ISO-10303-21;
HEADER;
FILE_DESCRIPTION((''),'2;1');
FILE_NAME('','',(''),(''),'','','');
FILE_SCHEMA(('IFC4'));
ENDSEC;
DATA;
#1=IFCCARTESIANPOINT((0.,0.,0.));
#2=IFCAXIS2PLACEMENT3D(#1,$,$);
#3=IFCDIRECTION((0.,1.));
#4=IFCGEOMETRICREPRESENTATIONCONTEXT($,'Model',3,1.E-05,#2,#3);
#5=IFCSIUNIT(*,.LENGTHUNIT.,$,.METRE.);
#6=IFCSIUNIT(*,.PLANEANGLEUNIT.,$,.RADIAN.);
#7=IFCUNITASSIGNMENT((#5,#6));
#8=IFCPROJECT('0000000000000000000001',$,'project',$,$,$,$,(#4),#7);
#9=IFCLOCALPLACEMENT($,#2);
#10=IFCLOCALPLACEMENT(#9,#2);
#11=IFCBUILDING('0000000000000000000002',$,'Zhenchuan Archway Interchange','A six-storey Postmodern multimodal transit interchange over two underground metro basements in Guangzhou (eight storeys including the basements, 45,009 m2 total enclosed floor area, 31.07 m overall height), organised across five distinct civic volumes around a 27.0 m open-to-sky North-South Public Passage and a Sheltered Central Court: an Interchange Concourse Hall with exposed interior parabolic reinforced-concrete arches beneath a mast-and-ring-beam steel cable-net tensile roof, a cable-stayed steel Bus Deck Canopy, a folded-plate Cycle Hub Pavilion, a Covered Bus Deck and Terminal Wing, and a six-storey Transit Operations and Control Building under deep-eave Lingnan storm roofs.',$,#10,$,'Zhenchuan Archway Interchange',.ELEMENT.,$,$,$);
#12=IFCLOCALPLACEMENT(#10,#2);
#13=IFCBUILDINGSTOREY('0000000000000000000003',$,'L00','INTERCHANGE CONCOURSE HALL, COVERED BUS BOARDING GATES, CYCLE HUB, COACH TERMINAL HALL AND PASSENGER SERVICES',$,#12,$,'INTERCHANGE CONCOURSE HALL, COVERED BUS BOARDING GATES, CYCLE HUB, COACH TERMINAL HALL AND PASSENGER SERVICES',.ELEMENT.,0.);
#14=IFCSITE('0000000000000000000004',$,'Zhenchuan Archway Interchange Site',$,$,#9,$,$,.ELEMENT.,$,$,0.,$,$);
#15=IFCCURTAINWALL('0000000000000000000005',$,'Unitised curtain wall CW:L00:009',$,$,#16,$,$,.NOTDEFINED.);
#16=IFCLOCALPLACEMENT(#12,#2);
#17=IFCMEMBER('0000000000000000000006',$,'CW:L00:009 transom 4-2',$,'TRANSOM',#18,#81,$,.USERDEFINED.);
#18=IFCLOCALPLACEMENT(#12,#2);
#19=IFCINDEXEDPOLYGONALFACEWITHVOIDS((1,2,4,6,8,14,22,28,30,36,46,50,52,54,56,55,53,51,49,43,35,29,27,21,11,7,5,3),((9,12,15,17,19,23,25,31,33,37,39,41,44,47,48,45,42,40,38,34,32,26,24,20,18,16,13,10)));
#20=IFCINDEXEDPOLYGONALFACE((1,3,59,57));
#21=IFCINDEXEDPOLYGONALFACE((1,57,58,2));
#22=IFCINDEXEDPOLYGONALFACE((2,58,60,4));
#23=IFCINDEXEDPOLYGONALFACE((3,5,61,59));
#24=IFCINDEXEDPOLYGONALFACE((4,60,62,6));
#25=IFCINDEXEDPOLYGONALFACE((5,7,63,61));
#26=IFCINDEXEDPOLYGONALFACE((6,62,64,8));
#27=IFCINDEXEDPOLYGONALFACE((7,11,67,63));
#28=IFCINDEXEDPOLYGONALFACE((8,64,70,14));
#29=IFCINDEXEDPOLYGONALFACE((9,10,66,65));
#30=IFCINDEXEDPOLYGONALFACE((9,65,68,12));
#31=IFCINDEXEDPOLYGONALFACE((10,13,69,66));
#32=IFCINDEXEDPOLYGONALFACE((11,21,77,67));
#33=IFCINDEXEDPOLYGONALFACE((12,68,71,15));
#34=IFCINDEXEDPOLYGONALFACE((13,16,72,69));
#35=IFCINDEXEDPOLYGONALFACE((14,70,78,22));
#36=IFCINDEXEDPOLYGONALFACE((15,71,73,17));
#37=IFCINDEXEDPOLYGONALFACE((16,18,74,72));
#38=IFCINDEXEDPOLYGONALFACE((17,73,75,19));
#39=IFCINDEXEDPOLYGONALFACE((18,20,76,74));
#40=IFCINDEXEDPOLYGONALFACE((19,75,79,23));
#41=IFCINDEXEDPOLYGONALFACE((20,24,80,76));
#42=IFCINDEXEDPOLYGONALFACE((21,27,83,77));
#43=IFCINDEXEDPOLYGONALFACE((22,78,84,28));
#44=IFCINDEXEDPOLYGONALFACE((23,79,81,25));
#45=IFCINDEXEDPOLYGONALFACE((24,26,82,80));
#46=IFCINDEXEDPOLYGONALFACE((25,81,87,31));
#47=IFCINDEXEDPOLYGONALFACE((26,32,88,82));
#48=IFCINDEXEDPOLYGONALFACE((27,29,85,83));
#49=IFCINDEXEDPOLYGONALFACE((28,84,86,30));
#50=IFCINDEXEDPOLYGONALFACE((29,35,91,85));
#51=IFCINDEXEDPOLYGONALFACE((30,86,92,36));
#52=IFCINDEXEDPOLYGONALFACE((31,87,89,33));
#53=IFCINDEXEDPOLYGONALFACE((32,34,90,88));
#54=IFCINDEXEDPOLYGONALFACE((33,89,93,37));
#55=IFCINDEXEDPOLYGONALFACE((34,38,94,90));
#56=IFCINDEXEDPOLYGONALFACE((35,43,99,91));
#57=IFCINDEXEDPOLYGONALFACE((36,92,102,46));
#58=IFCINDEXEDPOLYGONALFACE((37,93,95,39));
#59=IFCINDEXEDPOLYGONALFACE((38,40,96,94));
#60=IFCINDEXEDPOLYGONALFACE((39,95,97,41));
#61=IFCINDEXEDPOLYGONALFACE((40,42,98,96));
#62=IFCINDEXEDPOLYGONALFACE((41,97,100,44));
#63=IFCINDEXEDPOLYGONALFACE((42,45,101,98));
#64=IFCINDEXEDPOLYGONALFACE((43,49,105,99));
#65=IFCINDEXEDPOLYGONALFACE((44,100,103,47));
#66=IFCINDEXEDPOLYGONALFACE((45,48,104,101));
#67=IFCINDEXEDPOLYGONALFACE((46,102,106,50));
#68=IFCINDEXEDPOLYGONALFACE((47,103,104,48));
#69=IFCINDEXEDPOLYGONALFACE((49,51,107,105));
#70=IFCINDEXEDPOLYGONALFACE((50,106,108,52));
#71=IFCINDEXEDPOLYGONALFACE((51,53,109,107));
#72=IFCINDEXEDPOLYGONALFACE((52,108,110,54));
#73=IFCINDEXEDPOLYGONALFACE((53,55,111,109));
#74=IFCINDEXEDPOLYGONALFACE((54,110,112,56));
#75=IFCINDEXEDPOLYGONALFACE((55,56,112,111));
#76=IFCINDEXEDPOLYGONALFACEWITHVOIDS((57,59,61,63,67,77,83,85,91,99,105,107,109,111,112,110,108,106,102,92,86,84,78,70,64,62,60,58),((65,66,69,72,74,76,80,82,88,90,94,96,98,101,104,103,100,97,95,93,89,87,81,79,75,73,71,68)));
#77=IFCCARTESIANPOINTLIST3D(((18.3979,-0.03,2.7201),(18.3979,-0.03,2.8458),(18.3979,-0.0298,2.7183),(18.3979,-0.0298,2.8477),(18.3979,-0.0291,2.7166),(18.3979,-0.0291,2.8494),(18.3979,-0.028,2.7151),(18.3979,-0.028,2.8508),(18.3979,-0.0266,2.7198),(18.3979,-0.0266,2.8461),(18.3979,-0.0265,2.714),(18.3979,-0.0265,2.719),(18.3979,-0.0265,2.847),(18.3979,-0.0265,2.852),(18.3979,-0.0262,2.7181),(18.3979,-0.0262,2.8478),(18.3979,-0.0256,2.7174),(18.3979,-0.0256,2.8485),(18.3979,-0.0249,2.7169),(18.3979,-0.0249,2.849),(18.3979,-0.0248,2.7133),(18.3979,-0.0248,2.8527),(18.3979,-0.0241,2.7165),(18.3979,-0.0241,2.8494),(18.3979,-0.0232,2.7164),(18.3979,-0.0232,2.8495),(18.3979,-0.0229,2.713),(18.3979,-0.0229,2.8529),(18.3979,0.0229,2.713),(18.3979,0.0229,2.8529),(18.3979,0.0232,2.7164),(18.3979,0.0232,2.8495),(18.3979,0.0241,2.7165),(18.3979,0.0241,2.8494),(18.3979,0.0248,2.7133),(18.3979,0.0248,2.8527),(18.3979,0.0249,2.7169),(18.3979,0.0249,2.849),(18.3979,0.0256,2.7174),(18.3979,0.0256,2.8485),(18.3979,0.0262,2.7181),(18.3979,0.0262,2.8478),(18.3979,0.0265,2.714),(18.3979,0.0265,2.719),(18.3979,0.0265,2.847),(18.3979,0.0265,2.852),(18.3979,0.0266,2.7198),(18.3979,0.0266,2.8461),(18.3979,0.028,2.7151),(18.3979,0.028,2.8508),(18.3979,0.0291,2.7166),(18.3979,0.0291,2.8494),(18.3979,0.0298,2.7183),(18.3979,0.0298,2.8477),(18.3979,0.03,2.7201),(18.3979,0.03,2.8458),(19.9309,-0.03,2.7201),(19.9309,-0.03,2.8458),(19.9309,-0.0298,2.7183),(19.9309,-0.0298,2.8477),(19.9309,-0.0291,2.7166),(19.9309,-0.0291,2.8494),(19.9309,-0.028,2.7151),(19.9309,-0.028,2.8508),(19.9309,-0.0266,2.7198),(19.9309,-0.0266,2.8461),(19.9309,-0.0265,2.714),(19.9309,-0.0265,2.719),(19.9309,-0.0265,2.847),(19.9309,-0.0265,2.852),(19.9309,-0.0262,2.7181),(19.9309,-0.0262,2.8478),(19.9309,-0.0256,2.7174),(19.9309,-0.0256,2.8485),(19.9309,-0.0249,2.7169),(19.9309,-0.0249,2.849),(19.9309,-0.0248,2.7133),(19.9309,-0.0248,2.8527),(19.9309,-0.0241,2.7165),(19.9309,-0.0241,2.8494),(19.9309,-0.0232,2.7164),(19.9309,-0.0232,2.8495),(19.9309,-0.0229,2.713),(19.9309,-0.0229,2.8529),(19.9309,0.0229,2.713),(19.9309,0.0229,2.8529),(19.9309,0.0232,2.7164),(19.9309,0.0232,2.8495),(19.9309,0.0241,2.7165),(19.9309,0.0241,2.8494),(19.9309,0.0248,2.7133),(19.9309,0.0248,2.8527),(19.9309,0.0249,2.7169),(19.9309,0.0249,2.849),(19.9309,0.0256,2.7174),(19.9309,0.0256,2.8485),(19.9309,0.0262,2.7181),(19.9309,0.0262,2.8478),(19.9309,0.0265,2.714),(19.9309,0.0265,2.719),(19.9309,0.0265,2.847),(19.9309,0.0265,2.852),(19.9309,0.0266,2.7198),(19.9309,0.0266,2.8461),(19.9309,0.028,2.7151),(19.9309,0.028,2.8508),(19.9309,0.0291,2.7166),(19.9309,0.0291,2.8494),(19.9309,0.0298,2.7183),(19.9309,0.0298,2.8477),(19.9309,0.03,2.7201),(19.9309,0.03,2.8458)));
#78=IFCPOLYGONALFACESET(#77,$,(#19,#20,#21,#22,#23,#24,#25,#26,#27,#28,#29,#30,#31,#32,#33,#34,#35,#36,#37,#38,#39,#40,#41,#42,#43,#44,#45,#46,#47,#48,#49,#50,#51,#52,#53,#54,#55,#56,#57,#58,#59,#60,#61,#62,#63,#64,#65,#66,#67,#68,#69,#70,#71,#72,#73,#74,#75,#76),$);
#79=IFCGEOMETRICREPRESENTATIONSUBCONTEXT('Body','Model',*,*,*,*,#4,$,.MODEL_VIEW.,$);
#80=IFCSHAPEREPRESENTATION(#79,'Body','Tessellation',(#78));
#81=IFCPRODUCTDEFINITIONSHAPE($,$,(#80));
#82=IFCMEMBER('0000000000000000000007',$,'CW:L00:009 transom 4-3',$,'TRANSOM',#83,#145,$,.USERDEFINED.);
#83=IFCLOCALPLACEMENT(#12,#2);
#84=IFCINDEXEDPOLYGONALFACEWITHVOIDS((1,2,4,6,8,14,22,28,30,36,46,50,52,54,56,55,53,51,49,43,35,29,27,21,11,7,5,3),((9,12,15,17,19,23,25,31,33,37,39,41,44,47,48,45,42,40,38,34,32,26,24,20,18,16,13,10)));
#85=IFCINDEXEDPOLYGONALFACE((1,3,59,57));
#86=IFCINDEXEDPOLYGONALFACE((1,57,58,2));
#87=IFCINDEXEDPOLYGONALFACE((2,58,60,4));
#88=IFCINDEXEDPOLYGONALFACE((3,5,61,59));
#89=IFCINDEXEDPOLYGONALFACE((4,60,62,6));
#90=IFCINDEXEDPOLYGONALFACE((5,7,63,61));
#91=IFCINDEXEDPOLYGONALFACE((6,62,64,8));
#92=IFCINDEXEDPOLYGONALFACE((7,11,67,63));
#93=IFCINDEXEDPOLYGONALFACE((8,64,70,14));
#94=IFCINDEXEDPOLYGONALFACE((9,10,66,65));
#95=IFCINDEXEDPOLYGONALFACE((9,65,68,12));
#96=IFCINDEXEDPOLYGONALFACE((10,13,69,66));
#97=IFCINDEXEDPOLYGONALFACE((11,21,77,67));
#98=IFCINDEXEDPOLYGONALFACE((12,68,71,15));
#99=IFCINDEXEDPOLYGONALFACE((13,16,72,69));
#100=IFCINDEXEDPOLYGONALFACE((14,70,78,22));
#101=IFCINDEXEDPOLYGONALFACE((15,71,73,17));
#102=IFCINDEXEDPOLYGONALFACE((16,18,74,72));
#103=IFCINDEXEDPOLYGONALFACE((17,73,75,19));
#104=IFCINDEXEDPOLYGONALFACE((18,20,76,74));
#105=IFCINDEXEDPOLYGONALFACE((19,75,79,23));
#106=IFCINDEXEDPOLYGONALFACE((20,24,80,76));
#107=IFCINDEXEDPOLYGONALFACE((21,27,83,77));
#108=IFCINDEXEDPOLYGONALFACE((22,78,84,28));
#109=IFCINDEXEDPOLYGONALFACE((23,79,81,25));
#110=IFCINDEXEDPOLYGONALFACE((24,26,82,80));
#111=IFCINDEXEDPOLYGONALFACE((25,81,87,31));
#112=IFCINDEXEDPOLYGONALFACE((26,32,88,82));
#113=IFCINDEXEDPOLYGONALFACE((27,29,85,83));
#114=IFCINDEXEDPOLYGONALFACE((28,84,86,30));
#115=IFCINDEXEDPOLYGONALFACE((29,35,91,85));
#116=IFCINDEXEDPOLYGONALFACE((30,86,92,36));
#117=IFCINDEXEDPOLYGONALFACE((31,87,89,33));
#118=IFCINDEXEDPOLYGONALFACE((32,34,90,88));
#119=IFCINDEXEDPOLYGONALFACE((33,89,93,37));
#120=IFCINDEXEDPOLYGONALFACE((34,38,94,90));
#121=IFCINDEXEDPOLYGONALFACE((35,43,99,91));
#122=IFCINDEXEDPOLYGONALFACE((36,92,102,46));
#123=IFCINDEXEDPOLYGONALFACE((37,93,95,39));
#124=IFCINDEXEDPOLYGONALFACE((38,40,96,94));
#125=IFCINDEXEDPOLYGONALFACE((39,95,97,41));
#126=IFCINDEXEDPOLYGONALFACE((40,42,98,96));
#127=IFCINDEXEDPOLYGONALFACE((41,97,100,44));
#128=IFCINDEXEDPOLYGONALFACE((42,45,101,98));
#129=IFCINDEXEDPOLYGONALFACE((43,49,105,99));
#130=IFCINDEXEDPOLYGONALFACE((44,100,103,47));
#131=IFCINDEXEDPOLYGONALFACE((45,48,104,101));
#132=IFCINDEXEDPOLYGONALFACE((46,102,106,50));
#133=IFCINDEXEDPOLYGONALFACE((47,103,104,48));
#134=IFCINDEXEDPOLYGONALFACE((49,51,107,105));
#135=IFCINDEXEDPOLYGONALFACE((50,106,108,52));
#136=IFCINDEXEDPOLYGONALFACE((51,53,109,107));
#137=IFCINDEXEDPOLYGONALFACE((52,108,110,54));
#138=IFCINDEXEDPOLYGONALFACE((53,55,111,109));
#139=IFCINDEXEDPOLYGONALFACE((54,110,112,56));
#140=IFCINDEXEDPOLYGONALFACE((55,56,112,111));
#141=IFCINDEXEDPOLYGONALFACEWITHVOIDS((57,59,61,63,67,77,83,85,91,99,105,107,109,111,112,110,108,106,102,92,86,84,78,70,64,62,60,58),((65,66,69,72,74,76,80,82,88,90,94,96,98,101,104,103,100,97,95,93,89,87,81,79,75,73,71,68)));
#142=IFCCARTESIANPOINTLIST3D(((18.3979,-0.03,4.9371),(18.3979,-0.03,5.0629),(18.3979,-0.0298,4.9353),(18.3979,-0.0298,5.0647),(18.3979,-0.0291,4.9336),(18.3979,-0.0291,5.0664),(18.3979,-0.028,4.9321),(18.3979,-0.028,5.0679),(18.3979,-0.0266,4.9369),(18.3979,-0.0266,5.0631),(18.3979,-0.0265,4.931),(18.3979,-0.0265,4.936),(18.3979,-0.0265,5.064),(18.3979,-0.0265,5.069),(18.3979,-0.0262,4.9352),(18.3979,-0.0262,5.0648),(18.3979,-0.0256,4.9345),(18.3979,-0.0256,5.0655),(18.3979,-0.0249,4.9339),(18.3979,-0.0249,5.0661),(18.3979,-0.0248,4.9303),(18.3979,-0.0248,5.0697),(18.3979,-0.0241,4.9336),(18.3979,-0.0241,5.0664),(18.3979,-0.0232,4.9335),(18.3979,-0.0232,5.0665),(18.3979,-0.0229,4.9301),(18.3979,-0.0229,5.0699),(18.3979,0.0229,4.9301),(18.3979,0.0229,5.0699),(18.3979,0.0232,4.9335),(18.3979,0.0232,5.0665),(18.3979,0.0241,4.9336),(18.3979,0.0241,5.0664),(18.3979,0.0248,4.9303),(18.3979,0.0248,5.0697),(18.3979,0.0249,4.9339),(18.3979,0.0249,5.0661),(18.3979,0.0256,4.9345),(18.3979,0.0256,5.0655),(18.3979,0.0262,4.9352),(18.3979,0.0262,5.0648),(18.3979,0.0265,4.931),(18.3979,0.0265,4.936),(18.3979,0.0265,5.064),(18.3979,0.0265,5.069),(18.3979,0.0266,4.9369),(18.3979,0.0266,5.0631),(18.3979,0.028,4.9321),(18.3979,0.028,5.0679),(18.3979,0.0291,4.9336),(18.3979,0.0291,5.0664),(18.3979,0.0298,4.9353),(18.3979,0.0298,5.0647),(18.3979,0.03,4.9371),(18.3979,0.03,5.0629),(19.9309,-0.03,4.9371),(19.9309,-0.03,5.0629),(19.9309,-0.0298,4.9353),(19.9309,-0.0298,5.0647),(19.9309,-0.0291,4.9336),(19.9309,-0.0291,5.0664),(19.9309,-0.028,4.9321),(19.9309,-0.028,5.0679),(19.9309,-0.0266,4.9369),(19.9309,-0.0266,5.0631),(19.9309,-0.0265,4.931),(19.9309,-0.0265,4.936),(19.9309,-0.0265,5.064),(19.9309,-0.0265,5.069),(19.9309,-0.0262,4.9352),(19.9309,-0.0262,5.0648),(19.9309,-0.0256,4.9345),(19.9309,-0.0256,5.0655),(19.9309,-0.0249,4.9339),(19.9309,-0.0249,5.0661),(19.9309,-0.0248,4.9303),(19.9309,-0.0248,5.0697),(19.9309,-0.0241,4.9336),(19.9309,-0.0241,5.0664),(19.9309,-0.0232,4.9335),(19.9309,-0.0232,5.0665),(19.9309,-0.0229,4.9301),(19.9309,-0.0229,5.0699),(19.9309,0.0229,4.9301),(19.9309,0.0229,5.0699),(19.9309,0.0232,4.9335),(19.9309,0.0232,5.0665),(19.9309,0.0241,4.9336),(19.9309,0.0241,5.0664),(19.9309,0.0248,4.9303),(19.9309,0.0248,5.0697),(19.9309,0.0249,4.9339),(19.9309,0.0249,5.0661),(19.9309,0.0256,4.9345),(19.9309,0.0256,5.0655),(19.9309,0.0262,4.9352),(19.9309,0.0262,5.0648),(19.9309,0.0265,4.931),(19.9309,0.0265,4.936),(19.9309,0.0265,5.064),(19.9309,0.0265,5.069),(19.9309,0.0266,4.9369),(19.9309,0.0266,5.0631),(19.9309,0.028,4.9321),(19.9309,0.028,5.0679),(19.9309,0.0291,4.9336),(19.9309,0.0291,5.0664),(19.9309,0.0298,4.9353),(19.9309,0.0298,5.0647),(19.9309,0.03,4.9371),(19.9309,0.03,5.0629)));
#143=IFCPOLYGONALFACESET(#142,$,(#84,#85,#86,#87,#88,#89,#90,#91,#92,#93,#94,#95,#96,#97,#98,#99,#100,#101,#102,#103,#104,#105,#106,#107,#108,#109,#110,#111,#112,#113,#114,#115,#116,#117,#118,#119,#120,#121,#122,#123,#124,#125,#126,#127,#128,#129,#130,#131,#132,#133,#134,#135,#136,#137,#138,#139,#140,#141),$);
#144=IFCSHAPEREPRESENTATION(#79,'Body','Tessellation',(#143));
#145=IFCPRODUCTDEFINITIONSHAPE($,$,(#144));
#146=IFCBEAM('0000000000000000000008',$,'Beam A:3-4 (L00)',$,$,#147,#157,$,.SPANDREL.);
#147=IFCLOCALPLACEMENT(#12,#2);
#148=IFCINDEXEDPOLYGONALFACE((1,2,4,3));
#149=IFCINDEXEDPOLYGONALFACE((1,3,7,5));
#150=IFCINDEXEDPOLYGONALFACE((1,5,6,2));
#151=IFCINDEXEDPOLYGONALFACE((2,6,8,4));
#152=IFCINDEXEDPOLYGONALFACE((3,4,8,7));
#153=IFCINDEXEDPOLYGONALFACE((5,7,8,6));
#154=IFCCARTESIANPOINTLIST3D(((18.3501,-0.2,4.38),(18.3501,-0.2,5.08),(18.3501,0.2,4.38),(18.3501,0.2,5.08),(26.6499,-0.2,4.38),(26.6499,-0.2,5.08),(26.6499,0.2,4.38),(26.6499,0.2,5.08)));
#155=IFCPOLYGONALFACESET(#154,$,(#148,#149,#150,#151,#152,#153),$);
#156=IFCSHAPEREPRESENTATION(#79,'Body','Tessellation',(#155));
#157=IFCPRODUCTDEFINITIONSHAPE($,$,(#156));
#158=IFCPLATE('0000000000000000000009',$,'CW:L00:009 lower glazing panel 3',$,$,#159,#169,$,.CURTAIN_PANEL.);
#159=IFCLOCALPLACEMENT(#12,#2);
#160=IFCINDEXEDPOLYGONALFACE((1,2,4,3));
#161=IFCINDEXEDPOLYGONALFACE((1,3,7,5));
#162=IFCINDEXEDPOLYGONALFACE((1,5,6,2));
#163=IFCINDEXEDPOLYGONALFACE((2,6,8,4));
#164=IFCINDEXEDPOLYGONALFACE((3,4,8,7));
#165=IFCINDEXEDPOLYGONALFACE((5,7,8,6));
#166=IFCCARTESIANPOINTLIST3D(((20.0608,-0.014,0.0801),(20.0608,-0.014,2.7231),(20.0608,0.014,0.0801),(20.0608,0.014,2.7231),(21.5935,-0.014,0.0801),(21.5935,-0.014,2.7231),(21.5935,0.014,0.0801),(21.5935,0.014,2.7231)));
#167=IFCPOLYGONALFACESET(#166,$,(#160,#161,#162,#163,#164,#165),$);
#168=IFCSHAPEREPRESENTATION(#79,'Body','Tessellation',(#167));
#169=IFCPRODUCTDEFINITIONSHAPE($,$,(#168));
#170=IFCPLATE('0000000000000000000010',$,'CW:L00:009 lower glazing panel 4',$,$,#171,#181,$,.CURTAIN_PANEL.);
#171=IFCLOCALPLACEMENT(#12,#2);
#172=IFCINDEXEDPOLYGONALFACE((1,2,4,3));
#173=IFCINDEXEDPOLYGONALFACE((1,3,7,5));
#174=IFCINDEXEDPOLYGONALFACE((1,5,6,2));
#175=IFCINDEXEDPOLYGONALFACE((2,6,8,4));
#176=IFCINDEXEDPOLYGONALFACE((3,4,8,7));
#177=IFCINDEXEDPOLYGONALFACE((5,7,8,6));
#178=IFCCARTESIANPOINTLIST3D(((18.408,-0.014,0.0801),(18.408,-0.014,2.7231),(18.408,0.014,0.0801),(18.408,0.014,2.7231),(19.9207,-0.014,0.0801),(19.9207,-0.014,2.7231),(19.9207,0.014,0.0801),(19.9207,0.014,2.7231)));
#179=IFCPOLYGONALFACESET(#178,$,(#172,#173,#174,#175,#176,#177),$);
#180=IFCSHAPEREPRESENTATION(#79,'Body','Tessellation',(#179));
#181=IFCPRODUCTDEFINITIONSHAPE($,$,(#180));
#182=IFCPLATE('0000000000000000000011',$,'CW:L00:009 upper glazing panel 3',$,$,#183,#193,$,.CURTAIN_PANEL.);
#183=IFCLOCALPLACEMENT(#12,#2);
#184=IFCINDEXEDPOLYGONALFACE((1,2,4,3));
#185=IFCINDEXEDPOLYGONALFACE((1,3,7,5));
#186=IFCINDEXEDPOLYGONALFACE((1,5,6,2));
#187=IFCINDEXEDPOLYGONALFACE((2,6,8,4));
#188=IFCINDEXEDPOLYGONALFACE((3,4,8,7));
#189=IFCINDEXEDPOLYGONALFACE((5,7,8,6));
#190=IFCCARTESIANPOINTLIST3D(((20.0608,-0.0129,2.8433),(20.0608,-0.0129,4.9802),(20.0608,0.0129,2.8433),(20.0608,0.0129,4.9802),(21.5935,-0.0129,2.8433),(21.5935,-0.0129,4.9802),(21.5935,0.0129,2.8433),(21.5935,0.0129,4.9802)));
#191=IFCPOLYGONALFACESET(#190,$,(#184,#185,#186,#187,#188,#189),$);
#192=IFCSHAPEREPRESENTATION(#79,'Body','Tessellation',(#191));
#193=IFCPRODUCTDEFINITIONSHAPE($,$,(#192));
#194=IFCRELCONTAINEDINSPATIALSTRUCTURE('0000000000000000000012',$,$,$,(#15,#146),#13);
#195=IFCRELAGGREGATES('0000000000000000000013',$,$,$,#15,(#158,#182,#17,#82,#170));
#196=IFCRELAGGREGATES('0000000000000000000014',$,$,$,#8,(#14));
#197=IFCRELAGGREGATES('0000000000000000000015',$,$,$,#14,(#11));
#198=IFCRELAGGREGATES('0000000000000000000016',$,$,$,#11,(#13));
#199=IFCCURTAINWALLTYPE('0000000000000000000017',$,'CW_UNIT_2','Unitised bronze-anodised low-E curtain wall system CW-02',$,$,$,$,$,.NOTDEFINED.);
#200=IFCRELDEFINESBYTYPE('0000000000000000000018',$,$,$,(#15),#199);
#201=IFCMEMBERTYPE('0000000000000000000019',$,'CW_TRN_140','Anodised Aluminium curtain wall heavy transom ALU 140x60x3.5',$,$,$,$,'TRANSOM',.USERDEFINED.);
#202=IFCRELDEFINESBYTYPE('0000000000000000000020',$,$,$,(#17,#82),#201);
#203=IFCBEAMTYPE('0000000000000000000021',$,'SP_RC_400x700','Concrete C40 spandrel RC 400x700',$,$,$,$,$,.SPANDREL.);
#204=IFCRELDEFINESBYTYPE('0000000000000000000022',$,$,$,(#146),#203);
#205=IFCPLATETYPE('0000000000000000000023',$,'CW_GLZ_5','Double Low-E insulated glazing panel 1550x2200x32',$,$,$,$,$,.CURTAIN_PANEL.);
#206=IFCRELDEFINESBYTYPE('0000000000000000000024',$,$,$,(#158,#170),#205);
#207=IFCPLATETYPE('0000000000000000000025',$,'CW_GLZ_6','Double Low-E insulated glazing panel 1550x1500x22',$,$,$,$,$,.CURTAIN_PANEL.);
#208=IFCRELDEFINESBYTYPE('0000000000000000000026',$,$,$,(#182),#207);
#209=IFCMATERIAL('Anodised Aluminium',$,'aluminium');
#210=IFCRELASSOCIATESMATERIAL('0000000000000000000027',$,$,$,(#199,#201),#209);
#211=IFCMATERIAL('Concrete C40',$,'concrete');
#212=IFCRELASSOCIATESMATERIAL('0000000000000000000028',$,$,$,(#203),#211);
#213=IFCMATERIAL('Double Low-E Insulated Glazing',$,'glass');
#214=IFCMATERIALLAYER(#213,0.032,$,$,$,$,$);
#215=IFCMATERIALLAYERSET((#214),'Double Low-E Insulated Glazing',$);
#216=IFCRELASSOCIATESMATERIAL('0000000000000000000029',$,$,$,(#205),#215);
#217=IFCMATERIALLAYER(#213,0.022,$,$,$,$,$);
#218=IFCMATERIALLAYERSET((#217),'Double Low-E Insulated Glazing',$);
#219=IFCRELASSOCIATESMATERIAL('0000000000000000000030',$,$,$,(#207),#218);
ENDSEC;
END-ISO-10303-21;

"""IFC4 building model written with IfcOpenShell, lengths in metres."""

from ifc_helpers import new_model, si_unit, direction, frame, origin, origin_2d, place, context, subcontext, project, spatial, rectangle, hollow_rectangle, extrude, material, layer, layer_set, material_profile, profile_set, type_object, element, aggregate, save


model = new_model("IFC4")

# Units and contexts
model_context = context("Model", 3, precision=1e-05, world=origin(), true_north=direction((0.0, 1.0)))
body_context = subcontext(model_context, "Body", "Model", "MODEL_VIEW")
ifc_project = project(units=[si_unit("LENGTHUNIT", "METRE"), si_unit("PLANEANGLEUNIT", "RADIAN")], contexts=[model_context])

# Site, building, storey
site_placement = place(None, origin())
site = spatial("IfcSite", under=ifc_project, at=site_placement, Name="Zhenchuan Archway Interchange Site", CompositionType="ELEMENT", RefElevation=0.0)
building_placement = place(site_placement, origin())
building = spatial("IfcBuilding", under=site, at=building_placement, Name="Zhenchuan Archway Interchange", Description="A six-storey Postmodern multimodal transit interchange over two underground metro basements in Guangzhou (eight storeys including the basements, 45,009 m2 total enclosed floor area, 31.07 m overall height), organised across five distinct civic volumes around a 27.0 m open-to-sky North-South Public Passage and a Sheltered Central Court: an Interchange Concourse Hall with exposed interior parabolic reinforced-concrete arches beneath a mast-and-ring-beam steel cable-net tensile roof, a cable-stayed steel Bus Deck Canopy, a folded-plate Cycle Hub Pavilion, a Covered Bus Deck and Terminal Wing, and a six-storey Transit Operations and Control Building under deep-eave Lingnan storm roofs.", LongName="Zhenchuan Archway Interchange", CompositionType="ELEMENT")
storey_placement = place(building_placement, origin())
storey = spatial("IfcBuildingStorey", under=building, at=storey_placement, Name="L00", Description="INTERCHANGE CONCOURSE HALL, COVERED BUS BOARDING GATES, CYCLE HUB, COACH TERMINAL HALL AND PASSENGER SERVICES", LongName="INTERCHANGE CONCOURSE HALL, COVERED BUS BOARDING GATES, CYCLE HUB, COACH TERMINAL HALL AND PASSENGER SERVICES", CompositionType="ELEMENT", Elevation=0.0)

# Shared definitions
ifc_material_1 = material(Name="Concrete C40", Category="concrete")

# Curtain wall, members
ifc_material_2 = material(Name="Anodised Aluminium", Category="aluminium")
curtain_wall_type = type_object("IfcCurtainWallType", Name="CW_UNIT_2", Description="Unitised bronze-anodised low-E curtain wall system CW-02", PredefinedType="NOTDEFINED", material=ifc_material_2)
curtain_wall_placement = place(storey_placement, origin())
curtain_wall = element("IfcCurtainWall", 1, at=curtain_wall_placement, inside=storey, type_object=curtain_wall_type, Name="Unitised curtain wall CW:L00:009", PredefinedType="NOTDEFINED")
ifc_material_profile_1 = material_profile(ifc_material_2, hollow_rectangle(XDim=0.0601, YDim=0.1399, WallThickness=0.0034, InnerFilletRadius=0.0034, OuterFilletRadius=0.0071, at=origin_2d()), Name="ALU 140x60x3.5")
ifc_profile_set_1 = profile_set([ifc_material_profile_1], Name="Anodised Aluminium")
member_type_1 = type_object("IfcMemberType", Name="CW_TRN_140", Description="Anodised Aluminium curtain wall heavy transom ALU 140x60x3.5", ElementType="TRANSOM", PredefinedType="USERDEFINED", material=ifc_profile_set_1)
member_1_placement = place(storey_placement, frame((19.9309, 0.0, 2.783), z_axis=(-1.0, 0.0, 0.0), x_axis=(0.0, -1.0, 0.0)))
member_1 = element("IfcMember", 2, at=member_1_placement, type_object=member_type_1, Name="CW:L00:009 transom 4-2", ObjectType="TRANSOM", PredefinedType="USERDEFINED", context=body_context, shape_type="SweptSolid", body=[
    extrude(hollow_rectangle(XDim=0.0601, YDim=0.1399, WallThickness=0.0034, InnerFilletRadius=0.0034, OuterFilletRadius=0.0071, at=origin_2d()), origin(), (0.0, 0.0, 1.0), 1.533),
])
member_2_placement = place(storey_placement, frame((19.9309, 0.0, 5.0), z_axis=(-1.0, 0.0, 0.0), x_axis=(0.0, -1.0, 0.0)))
member_2 = element("IfcMember", 3, at=member_2_placement, type_object=member_type_1, Name="CW:L00:009 transom 4-3", ObjectType="TRANSOM", PredefinedType="USERDEFINED", context=body_context, shape_type="SweptSolid", body=[
    extrude(hollow_rectangle(XDim=0.0601, YDim=0.1399, WallThickness=0.0034, InnerFilletRadius=0.0034, OuterFilletRadius=0.0071, at=origin_2d()), origin(), (0.0, 0.0, 1.0), 1.533),
])

# Beam
ifc_material_profile_2 = material_profile(ifc_material_1, rectangle(XDim=0.3999, YDim=0.7, at=origin_2d()), Name="RC 400x700")
ifc_profile_set_2 = profile_set([ifc_material_profile_2], Name="Concrete C40")
beam_type_1 = type_object("IfcBeamType", Name="SP_RC_400x700", Description="Concrete C40 spandrel RC 400x700", PredefinedType="SPANDREL", material=ifc_profile_set_2)
beam_1_placement = place(storey_placement, frame((18.3501, 0.0, 4.73), z_axis=(1.0, 0.0, 0.0), x_axis=(0.0, 1.0, 0.0)))
element("IfcBeam", 4, at=beam_1_placement, inside=storey, type_object=beam_type_1, Name="Beam A:3-4 (L00)", PredefinedType="SPANDREL", context=body_context, shape_type="SweptSolid", body=[
    extrude(rectangle(XDim=0.3999, YDim=0.7, at=origin_2d()), origin(), (0.0, 0.0, 1.0), 8.2998),
])

# Plates
ifc_material_3 = material(Name="Double Low-E Insulated Glazing", Category="glass")
ifc_layer_1 = layer(ifc_material_3, 0.032)
ifc_layer_set_1 = layer_set([ifc_layer_1], Name="Double Low-E Insulated Glazing")
plate_type_1 = type_object("IfcPlateType", Name="CW_GLZ_5", Description="Double Low-E insulated glazing panel 1550x2200x32", PredefinedType="CURTAIN_PANEL", material=ifc_layer_set_1)
plate_1_placement = place(storey_placement, frame((20.8271, 0.0, 0.0801), z_axis=(0.0, 0.0, 1.0), x_axis=(-1.0, 0.0, 0.0)))
plate_1 = element("IfcPlate", 5, at=plate_1_placement, type_object=plate_type_1, Name="CW:L00:009 lower glazing panel 3", PredefinedType="CURTAIN_PANEL", context=body_context, shape_type="SweptSolid", body=[
    extrude(rectangle(XDim=1.5327, YDim=0.0281, at=origin_2d()), origin(), (0.0, 0.0, 1.0), 2.6431),
])
plate_2_placement = place(storey_placement, frame((19.1643, 0.0, 0.0801), z_axis=(0.0, 0.0, 1.0), x_axis=(-1.0, 0.0, 0.0)))
plate_2 = element("IfcPlate", 6, at=plate_2_placement, type_object=plate_type_1, Name="CW:L00:009 lower glazing panel 4", PredefinedType="CURTAIN_PANEL", context=body_context, shape_type="SweptSolid", body=[
    extrude(rectangle(XDim=1.5127, YDim=0.0281, at=origin_2d()), origin(), (0.0, 0.0, 1.0), 2.6431),
])
ifc_layer_2 = layer(ifc_material_3, 0.022)
ifc_layer_set_2 = layer_set([ifc_layer_2], Name="Double Low-E Insulated Glazing")
plate_type_2 = type_object("IfcPlateType", Name="CW_GLZ_6", Description="Double Low-E insulated glazing panel 1550x1500x22", PredefinedType="CURTAIN_PANEL", material=ifc_layer_set_2)
plate_3_placement = place(storey_placement, frame((20.8271, 0.0, 2.8433), z_axis=(0.0, 0.0, 1.0), x_axis=(-1.0, 0.0, 0.0)))
plate_3 = element("IfcPlate", 7, at=plate_3_placement, type_object=plate_type_2, Name="CW:L00:009 upper glazing panel 3", PredefinedType="CURTAIN_PANEL", context=body_context, shape_type="SweptSolid", body=[
    extrude(rectangle(XDim=1.5327, YDim=0.0259, at=origin_2d()), origin(), (0.0, 0.0, 1.0), 2.137),
])
aggregate(curtain_wall, [plate_1, plate_3, member_1, member_2, plate_2])

save(model, "model.ifc")
